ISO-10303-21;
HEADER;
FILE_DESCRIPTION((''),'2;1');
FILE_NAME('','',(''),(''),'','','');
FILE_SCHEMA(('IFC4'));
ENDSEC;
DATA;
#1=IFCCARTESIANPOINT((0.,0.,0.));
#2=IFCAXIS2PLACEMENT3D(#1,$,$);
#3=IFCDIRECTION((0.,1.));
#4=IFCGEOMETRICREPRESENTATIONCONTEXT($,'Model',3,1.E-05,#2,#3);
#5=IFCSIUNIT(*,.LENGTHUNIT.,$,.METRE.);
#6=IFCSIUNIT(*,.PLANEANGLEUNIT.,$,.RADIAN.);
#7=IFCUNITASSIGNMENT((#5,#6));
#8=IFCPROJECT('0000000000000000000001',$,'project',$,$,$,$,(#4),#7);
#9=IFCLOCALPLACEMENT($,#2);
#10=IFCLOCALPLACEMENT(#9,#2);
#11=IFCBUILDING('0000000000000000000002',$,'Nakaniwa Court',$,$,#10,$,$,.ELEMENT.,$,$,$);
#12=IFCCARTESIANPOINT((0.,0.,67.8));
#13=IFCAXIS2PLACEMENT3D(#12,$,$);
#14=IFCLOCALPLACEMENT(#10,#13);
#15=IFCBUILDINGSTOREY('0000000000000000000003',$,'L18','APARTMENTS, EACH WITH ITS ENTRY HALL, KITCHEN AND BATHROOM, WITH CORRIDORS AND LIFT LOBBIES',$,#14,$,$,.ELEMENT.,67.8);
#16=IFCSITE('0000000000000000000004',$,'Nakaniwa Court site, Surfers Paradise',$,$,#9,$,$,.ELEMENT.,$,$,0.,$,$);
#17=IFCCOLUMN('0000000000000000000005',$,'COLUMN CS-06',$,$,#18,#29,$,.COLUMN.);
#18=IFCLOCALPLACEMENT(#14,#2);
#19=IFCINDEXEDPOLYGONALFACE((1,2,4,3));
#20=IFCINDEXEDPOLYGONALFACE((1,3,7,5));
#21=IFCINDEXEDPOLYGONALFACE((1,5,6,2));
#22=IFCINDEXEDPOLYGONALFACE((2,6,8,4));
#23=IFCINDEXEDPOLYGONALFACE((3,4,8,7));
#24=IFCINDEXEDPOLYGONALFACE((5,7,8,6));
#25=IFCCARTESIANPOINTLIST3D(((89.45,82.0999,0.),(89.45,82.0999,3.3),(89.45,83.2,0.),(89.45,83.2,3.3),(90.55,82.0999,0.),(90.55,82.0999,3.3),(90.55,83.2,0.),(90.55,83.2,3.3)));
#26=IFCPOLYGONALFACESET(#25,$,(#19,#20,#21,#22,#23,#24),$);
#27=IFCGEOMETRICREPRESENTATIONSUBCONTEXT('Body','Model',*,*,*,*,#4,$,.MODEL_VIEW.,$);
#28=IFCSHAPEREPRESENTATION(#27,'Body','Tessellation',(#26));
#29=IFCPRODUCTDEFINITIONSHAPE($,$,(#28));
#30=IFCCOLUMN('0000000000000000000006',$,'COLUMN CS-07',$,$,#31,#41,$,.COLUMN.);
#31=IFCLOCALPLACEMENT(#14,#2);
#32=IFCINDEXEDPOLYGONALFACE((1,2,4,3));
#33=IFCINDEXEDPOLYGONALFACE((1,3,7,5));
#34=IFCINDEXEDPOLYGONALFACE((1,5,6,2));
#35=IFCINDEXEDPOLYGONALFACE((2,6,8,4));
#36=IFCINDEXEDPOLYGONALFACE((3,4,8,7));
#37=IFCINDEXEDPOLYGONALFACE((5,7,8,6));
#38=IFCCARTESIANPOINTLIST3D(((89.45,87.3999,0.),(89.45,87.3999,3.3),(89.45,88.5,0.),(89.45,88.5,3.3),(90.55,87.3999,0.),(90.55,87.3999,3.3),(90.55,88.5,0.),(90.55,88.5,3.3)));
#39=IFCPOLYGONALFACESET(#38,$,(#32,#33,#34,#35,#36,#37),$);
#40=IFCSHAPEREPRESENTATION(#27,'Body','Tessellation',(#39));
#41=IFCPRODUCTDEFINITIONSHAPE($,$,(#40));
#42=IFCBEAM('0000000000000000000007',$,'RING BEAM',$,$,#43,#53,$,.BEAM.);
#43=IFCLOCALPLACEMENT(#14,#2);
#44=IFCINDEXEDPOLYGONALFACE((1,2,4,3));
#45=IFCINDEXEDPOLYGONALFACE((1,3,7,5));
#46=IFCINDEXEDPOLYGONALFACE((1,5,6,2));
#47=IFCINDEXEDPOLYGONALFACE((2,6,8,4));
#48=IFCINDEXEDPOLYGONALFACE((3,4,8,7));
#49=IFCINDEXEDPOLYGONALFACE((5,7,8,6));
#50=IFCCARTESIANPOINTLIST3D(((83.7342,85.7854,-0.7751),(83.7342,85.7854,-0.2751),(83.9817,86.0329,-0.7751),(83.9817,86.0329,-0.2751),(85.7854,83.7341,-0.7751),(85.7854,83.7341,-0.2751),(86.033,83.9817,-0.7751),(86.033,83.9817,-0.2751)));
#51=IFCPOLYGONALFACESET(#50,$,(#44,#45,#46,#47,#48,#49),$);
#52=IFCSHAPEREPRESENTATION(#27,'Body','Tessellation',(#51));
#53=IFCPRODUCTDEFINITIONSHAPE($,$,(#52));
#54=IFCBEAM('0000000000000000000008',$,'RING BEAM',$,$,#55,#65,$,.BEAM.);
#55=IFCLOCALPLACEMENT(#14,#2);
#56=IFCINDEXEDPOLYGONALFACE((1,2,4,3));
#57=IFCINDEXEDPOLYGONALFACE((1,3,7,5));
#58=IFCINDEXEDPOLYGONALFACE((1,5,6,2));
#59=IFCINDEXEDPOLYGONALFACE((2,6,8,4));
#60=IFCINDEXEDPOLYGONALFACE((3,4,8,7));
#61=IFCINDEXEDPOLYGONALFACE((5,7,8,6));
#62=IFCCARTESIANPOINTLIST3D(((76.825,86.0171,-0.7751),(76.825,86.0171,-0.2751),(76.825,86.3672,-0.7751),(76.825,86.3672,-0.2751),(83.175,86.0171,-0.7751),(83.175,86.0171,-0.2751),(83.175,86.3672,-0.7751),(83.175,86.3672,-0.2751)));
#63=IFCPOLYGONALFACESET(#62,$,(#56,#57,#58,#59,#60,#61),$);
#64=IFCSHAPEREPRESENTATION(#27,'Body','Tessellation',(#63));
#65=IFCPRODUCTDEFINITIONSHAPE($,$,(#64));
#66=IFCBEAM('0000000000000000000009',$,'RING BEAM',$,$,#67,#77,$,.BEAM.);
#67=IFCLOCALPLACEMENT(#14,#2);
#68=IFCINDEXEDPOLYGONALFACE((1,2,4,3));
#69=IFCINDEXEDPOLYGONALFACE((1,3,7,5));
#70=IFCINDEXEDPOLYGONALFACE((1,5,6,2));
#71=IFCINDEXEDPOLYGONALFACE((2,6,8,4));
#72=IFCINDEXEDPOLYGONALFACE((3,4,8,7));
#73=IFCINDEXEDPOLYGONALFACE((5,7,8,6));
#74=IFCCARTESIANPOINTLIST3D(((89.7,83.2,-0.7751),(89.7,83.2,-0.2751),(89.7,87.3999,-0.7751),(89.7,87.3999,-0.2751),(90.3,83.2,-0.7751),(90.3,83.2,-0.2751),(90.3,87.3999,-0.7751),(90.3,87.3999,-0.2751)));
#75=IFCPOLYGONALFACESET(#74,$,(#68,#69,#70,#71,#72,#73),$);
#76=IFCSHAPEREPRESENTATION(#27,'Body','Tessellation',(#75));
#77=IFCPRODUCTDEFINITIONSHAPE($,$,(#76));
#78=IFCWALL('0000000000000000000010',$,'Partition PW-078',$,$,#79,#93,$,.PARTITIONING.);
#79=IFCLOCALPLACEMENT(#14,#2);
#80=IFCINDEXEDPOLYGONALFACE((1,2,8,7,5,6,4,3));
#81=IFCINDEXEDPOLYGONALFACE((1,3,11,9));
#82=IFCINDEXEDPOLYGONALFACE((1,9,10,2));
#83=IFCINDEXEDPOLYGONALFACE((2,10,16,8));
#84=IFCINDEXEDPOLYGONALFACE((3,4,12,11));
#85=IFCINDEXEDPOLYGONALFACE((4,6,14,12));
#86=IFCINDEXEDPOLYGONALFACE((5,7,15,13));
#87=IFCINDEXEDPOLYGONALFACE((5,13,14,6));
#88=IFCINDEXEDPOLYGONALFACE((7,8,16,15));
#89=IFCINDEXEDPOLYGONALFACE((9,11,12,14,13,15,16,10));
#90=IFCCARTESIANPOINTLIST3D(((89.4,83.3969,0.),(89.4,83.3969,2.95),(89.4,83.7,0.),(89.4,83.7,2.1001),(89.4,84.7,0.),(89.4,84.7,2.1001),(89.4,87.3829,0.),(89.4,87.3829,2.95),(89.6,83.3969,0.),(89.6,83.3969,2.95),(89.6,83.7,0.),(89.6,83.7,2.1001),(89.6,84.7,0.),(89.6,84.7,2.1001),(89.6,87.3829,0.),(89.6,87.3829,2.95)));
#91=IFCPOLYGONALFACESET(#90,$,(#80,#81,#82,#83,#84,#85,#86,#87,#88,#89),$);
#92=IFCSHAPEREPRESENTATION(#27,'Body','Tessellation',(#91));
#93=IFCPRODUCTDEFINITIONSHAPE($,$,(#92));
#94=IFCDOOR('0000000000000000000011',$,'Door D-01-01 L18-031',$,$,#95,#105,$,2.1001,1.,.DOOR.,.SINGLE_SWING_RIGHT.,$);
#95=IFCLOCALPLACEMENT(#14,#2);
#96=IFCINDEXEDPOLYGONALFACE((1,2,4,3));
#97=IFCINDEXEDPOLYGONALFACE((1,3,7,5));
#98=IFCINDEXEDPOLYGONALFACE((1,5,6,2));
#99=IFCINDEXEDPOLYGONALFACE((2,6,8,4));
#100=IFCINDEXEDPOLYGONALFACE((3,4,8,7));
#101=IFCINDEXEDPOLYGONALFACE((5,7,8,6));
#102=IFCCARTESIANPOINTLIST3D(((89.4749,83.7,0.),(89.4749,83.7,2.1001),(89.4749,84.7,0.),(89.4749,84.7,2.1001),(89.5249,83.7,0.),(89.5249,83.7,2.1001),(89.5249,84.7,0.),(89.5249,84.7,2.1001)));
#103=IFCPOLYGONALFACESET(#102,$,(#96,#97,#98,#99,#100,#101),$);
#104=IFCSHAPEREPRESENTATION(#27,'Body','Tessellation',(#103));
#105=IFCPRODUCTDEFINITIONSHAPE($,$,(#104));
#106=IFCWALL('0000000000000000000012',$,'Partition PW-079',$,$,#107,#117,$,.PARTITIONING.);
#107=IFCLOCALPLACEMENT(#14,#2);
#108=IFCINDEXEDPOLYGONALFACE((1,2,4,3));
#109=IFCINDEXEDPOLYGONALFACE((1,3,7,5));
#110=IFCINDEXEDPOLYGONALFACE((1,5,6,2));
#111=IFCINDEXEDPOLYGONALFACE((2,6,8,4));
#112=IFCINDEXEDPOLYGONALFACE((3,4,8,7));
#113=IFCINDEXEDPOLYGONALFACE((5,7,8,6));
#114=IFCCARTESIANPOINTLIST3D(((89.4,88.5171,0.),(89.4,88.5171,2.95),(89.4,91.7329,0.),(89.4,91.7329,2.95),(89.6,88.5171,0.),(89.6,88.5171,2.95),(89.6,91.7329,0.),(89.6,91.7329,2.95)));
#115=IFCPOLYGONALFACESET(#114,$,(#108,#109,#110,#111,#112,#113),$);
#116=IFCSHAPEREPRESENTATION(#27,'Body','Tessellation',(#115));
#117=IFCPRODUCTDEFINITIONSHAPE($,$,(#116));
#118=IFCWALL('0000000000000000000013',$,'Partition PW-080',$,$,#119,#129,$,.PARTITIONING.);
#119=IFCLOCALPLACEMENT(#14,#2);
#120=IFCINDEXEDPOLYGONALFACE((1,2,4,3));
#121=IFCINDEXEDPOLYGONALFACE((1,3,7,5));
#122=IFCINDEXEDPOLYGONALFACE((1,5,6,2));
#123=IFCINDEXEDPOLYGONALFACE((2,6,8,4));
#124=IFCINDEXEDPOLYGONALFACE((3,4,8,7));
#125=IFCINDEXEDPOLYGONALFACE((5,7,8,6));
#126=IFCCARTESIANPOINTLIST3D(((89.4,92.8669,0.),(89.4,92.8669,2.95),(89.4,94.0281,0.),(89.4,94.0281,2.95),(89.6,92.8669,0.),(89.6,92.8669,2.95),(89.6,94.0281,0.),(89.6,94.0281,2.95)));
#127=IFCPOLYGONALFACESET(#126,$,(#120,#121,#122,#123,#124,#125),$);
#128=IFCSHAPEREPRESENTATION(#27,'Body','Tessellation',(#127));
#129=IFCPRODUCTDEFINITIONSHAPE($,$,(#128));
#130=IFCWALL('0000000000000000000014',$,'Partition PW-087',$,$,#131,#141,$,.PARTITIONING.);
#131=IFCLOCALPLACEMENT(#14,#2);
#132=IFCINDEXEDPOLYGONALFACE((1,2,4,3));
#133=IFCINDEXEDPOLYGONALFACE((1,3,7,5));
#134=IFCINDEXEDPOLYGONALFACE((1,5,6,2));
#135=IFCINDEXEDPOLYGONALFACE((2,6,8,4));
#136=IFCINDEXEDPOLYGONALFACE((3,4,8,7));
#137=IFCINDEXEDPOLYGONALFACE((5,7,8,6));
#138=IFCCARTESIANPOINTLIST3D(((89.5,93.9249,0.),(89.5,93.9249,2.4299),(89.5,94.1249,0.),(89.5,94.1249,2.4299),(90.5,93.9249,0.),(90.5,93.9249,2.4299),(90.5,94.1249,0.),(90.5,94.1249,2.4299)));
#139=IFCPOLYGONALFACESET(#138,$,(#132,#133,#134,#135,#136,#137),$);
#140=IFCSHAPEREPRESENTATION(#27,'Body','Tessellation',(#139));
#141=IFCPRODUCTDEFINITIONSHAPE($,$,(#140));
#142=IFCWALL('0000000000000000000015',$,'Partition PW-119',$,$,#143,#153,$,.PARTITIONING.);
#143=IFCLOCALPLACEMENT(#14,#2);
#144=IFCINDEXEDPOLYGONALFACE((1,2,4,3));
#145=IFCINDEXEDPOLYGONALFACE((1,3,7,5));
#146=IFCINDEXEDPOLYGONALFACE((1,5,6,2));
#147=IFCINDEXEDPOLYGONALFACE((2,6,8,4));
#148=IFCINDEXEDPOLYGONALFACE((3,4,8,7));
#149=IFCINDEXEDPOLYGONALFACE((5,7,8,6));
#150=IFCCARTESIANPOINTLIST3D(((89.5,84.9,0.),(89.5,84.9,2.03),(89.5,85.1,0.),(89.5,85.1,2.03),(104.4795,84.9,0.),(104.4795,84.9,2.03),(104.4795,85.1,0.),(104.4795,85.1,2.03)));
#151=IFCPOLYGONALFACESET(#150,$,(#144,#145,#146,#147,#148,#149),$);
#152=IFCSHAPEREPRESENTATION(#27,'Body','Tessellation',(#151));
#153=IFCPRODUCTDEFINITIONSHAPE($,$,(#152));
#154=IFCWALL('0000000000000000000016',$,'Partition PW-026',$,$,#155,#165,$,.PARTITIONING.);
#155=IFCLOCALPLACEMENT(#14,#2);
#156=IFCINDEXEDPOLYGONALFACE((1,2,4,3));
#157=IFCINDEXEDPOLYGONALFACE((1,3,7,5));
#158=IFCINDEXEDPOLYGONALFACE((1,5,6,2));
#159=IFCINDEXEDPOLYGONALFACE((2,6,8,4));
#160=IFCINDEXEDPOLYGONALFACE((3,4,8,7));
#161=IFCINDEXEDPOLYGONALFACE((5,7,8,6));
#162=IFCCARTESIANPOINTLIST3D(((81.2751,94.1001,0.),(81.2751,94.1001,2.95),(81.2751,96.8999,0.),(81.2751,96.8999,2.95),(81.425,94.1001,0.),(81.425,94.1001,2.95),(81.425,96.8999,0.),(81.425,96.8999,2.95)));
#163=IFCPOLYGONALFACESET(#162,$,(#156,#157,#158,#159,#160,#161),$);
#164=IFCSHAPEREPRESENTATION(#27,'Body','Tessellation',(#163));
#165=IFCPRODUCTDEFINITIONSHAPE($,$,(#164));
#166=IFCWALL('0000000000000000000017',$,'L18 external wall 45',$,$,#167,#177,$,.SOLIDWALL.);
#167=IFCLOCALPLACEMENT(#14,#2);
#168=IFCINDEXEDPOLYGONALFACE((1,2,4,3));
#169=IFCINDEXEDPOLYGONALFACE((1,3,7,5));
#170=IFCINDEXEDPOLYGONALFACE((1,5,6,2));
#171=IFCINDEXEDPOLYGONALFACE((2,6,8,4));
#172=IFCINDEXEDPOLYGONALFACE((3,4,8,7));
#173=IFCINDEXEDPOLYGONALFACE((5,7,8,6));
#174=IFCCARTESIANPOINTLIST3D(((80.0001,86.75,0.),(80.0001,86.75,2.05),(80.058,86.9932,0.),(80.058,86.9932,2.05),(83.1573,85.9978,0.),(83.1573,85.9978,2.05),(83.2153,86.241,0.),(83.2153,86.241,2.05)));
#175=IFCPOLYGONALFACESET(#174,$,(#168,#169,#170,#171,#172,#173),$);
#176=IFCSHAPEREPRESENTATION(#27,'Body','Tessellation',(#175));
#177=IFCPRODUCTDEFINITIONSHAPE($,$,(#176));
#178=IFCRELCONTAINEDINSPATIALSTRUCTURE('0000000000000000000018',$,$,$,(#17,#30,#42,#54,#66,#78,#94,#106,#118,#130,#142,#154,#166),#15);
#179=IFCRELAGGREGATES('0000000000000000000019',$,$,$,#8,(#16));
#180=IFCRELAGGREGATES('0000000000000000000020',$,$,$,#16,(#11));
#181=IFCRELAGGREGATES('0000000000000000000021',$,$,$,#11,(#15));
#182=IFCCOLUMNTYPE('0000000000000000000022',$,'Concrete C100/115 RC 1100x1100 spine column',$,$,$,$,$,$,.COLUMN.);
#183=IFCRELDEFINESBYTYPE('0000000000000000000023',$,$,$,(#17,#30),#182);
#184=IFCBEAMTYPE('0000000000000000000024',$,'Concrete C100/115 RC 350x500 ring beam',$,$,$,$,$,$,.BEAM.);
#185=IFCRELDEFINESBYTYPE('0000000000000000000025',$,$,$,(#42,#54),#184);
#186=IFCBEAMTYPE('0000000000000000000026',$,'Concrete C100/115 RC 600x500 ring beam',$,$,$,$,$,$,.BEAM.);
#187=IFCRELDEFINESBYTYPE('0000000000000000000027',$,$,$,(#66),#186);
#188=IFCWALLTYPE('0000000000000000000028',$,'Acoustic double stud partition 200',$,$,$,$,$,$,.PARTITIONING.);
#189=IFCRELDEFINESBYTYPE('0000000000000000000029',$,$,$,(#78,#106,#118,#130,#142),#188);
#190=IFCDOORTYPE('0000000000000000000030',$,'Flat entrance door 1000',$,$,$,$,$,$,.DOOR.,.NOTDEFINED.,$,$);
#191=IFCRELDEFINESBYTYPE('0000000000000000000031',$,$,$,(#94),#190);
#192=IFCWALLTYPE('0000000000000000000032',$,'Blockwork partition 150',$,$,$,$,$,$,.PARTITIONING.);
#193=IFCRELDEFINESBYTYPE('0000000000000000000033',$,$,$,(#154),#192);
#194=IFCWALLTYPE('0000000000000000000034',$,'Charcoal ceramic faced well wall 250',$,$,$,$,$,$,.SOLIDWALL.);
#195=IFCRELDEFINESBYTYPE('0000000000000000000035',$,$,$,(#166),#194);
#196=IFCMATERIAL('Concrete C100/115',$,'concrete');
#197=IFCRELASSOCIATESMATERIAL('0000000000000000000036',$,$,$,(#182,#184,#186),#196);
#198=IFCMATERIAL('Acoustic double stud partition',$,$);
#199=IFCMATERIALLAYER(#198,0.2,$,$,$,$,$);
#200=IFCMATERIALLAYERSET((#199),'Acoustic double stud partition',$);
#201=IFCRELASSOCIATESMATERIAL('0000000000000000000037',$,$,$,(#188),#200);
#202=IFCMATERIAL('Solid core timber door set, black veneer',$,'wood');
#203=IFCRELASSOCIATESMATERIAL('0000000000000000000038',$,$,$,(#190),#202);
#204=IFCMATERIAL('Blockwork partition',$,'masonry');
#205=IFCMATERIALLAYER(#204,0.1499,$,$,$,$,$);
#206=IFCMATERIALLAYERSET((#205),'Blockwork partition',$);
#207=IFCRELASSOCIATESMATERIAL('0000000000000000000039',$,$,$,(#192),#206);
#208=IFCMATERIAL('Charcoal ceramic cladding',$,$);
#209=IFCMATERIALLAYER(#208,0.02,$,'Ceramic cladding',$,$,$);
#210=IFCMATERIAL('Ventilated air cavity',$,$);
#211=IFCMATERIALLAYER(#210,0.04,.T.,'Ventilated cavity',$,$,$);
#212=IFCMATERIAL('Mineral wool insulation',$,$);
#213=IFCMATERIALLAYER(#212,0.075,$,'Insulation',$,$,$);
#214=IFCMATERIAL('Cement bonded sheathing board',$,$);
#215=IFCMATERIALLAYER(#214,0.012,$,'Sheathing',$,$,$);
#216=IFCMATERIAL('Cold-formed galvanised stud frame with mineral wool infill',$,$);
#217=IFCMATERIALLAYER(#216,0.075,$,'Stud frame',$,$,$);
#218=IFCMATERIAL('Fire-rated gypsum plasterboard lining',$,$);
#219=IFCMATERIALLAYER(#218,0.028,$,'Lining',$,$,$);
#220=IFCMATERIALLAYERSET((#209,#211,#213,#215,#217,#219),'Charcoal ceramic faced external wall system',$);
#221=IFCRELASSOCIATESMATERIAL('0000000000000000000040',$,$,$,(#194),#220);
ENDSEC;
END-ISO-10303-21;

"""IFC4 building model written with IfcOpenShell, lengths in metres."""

from ifc_helpers import new_model, si_unit, direction, frame, frame_2d, origin, origin_2d, place, context, subcontext, project, spatial, rectangle, extrude, material, layer, layer_set, material_profile, profile_set, type_object, element, fill, save


model = new_model("IFC4")

# Units and contexts
model_context = context("Model", 3, precision=1e-05, world=origin(), true_north=direction((0.0, 1.0)))
body_context = subcontext(model_context, "Body", "Model", "MODEL_VIEW")
ifc_project = project(units=[si_unit("LENGTHUNIT", "METRE"), si_unit("PLANEANGLEUNIT", "RADIAN")], contexts=[model_context])

# Site, building, storey
site_placement = place(None, origin())
site = spatial("IfcSite", under=ifc_project, at=site_placement, Name="Nakaniwa Court site, Surfers Paradise", CompositionType="ELEMENT", RefElevation=0.0)
building_placement = place(site_placement, origin())
building = spatial("IfcBuilding", under=site, at=building_placement, Name="Nakaniwa Court", CompositionType="ELEMENT")
storey_placement = place(building_placement, frame((0.0, 0.0, 67.8)))
storey = spatial("IfcBuildingStorey", under=building, at=storey_placement, Name="L18", Description="APARTMENTS, EACH WITH ITS ENTRY HALL, KITCHEN AND BATHROOM, WITH CORRIDORS AND LIFT LOBBIES", CompositionType="ELEMENT", Elevation=67.8)

# Columns
ifc_material_1 = material(Name="Concrete C100/115", Category="concrete")
ifc_material_profile_1 = material_profile(ifc_material_1, rectangle(XDim=1.1001, YDim=1.1001, at=origin_2d()), Name="Concrete C100/115 RC 1100x1100 spine column")
ifc_profile_set_1 = profile_set([ifc_material_profile_1], Name="Concrete C100/115")
column_type_1 = type_object("IfcColumnType", Name="Concrete C100/115 RC 1100x1100 spine column", PredefinedType="COLUMN", material=ifc_profile_set_1)
for number, where, z_axis, x_axis, name in (
    (1, (90.0, 82.6499, 0.0), (0.0, 0.0, 1.0), (0.0, 1.0, 0.0), "COLUMN CS-06"),
    (2, (90.0, 87.95, 0.0), (0.0, 0.0, 1.0), (0.0, 1.0, 0.0), "COLUMN CS-07"),
):
    element("IfcColumn", number, at=place(storey_placement, frame(where, z_axis=z_axis, x_axis=x_axis)), inside=storey, type_object=column_type_1, Name=name, PredefinedType="COLUMN", context=body_context, shape_type="SweptSolid", body=[
        extrude(rectangle(XDim=1.1001, YDim=1.1001, at=origin_2d()), origin(), (0.0, 0.0, 1.0), 3.3),
    ])

# Beams
ifc_material_profile_2 = material_profile(ifc_material_1, rectangle(XDim=0.3501, YDim=0.5, at=origin_2d()), Name="Concrete C100/115 RC 350x500 ring beam")
ifc_profile_set_2 = profile_set([ifc_material_profile_2], Name="Concrete C100/115")
beam_type_1 = type_object("IfcBeamType", Name="Concrete C100/115 RC 350x500 ring beam", PredefinedType="BEAM", material=ifc_profile_set_2)
beam_1_placement = place(storey_placement, frame((85.9092, 83.8579, -0.5251), z_axis=(-0.707107, 0.707107, 0.0), x_axis=(-0.707107, -0.707107, 0.0)))
element("IfcBeam", 3, at=beam_1_placement, inside=storey, type_object=beam_type_1, Name="RING BEAM", PredefinedType="BEAM", context=body_context, shape_type="SweptSolid", body=[
    extrude(rectangle(XDim=0.3501, YDim=0.5, at=origin_2d()), origin(), (0.0, 0.0, 1.0), 2.9009),
])
beam_2_placement = place(storey_placement, frame((83.175, 86.1921, -0.5251), z_axis=(-1.0, 0.0, 0.0), x_axis=(0.0, -1.0, 0.0)))
element("IfcBeam", 4, at=beam_2_placement, inside=storey, type_object=beam_type_1, Name="RING BEAM", PredefinedType="BEAM", context=body_context, shape_type="SweptSolid", body=[
    extrude(rectangle(XDim=0.3501, YDim=0.5, at=origin_2d()), origin(), (0.0, 0.0, 1.0), 6.3501),
])
ifc_material_profile_3 = material_profile(ifc_material_1, rectangle(XDim=0.6001, YDim=0.5, at=origin_2d()), Name="Concrete C100/115 RC 600x500 ring beam")
ifc_profile_set_3 = profile_set([ifc_material_profile_3], Name="Concrete C100/115")
beam_type_2 = type_object("IfcBeamType", Name="Concrete C100/115 RC 600x500 ring beam", PredefinedType="BEAM", material=ifc_profile_set_3)
beam_3_placement = place(storey_placement, frame((90.0, 83.2, -0.5251), z_axis=(0.0, 1.0, 0.0), x_axis=(-1.0, 0.0, 0.0)))
element("IfcBeam", 5, at=beam_3_placement, inside=storey, type_object=beam_type_2, Name="RING BEAM", PredefinedType="BEAM", context=body_context, shape_type="SweptSolid", body=[
    extrude(rectangle(XDim=0.6001, YDim=0.5, at=origin_2d()), origin(), (0.0, 0.0, 1.0), 4.2),
])

# Wall, opening, door
ifc_material_2 = material(Name="Acoustic double stud partition")
ifc_layer_1 = layer(ifc_material_2, 0.2)
ifc_layer_set_1 = layer_set([ifc_layer_1], Name="Acoustic double stud partition")
wall_type_1 = type_object("IfcWallType", Name="Acoustic double stud partition 200", PredefinedType="PARTITIONING", material=ifc_layer_set_1)
wall_1_placement = place(storey_placement, frame((89.5, 87.3831, 0.0), z_axis=(0.0, 0.0, 1.0), x_axis=(0.0, -1.0, 0.0)))
wall_1 = element("IfcWall", 6, at=wall_1_placement, inside=storey, type_object=wall_type_1, Name="Partition PW-078", PredefinedType="PARTITIONING", context=body_context, shape_type="SweptSolid", body=[
    extrude(rectangle(XDim=3.9861, YDim=0.2, at=frame_2d((1.9932, 0.0))), origin(), (0.0, 0.0, 1.0), 2.95),
])
opening_1_placement = place(wall_1_placement, frame((2.6831, 0.0, 0.0)))
opening_1 = element("IfcOpeningElement", 7, at=opening_1_placement, cuts=wall_1, PredefinedType="OPENING", context=body_context, shape_type="SweptSolid", body=[
    extrude(rectangle(XDim=1.0, YDim=2.1001, at=frame_2d((0.5, 1.05))), frame((0.0, 0.1099, 0.0), z_axis=(0.0, -1.0, 0.0), x_axis=(1.0, 0.0, 0.0)), (0.0, 0.0, 1.0), 0.22),
])
ifc_material_3 = material(Name="Solid core timber door set, black veneer", Category="wood")
door_type_1 = type_object("IfcDoorType", Name="Flat entrance door 1000", OperationType="NOTDEFINED", PredefinedType="DOOR", material=ifc_material_3)
door_1_placement = place(opening_1_placement, origin())
door_1 = element("IfcDoor", 8, at=door_1_placement, inside=storey, type_object=door_type_1, Name="Door D-01-01 L18-031", OperationType="SINGLE_SWING_RIGHT", OverallHeight=2.1001, OverallWidth=1.0, PredefinedType="DOOR", context=body_context, shape_type="SweptSolid", body=[
    extrude(rectangle(XDim=1.0, YDim=2.1001, at=frame_2d((0.5, 1.05))), frame((0.0, 0.0249, 0.0), z_axis=(0.0, -1.0, 0.0), x_axis=(1.0, 0.0, 0.0)), (0.0, 0.0, 1.0), 0.05),
])
fill(opening_1, door_1)

# Walls
wall_2_placement = place(storey_placement, frame((89.5, 88.5171, 0.0), z_axis=(0.0, 0.0, 1.0), x_axis=(0.0, 1.0, 0.0)))
element("IfcWall", 9, at=wall_2_placement, inside=storey, type_object=wall_type_1, Name="Partition PW-079", PredefinedType="PARTITIONING", context=body_context, shape_type="SweptSolid", body=[
    extrude(rectangle(XDim=3.2158, YDim=0.2, at=frame_2d((1.6079, 0.0))), origin(), (0.0, 0.0, 1.0), 2.95),
])
wall_3_placement = place(storey_placement, frame((89.5, 92.8669, 0.0), z_axis=(0.0, 0.0, 1.0), x_axis=(0.0, 1.0, 0.0)))
element("IfcWall", 10, at=wall_3_placement, inside=storey, type_object=wall_type_1, Name="Partition PW-080", PredefinedType="PARTITIONING", context=body_context, shape_type="SweptSolid", body=[
    extrude(rectangle(XDim=1.1611, YDim=0.2, at=frame_2d((0.5806, 0.0))), origin(), (0.0, 0.0, 1.0), 2.95),
])
wall_4_placement = place(storey_placement, frame((89.5, 94.0249, 0.0), z_axis=(0.0, 0.0, 1.0), x_axis=(1.0, 0.0, 0.0)))
element("IfcWall", 11, at=wall_4_placement, inside=storey, type_object=wall_type_1, Name="Partition PW-087", PredefinedType="PARTITIONING", context=body_context, shape_type="SweptSolid", body=[
    extrude(rectangle(XDim=1.0, YDim=0.2, at=frame_2d((0.5, 0.0))), origin(), (0.0, 0.0, 1.0), 2.4299),
])
wall_5_placement = place(storey_placement, frame((89.5, 85.0, 0.0), z_axis=(0.0, 0.0, 1.0), x_axis=(1.0, 0.0, 0.0)))
element("IfcWall", 12, at=wall_5_placement, inside=storey, type_object=wall_type_1, Name="Partition PW-119", PredefinedType="PARTITIONING", context=body_context, shape_type="SweptSolid", body=[
    extrude(rectangle(XDim=14.9795, YDim=0.2, at=frame_2d((7.4897, 0.0))), origin(), (0.0, 0.0, 1.0), 2.03),
])
ifc_material_4 = material(Name="Blockwork partition", Category="masonry")
ifc_layer_2 = layer(ifc_material_4, 0.1499)
ifc_layer_set_2 = layer_set([ifc_layer_2], Name="Blockwork partition")
wall_type_2 = type_object("IfcWallType", Name="Blockwork partition 150", PredefinedType="PARTITIONING", material=ifc_layer_set_2)
wall_6_placement = place(storey_placement, frame((81.3501, 94.1001, 0.0), z_axis=(0.0, 0.0, 1.0), x_axis=(0.0, 1.0, 0.0)))
element("IfcWall", 13, at=wall_6_placement, inside=storey, type_object=wall_type_2, Name="Partition PW-026", PredefinedType="PARTITIONING", context=body_context, shape_type="SweptSolid", body=[
    extrude(rectangle(XDim=2.7998, YDim=0.1499, at=frame_2d((1.3999, 0.0))), origin(), (0.0, 0.0, 1.0), 2.95),
])
ifc_material_5 = material(Name="Charcoal ceramic cladding")
ifc_layer_3 = layer(ifc_material_5, 0.02, Name="Ceramic cladding")
ifc_material_6 = material(Name="Ventilated air cavity")
ifc_layer_4 = layer(ifc_material_6, 0.04, ventilated=True, Name="Ventilated cavity")
ifc_material_7 = material(Name="Mineral wool insulation")
ifc_layer_5 = layer(ifc_material_7, 0.075, Name="Insulation")
ifc_material_8 = material(Name="Cement bonded sheathing board")
ifc_layer_6 = layer(ifc_material_8, 0.012, Name="Sheathing")
ifc_material_9 = material(Name="Cold-formed galvanised stud frame with mineral wool infill")
ifc_layer_7 = layer(ifc_material_9, 0.075, Name="Stud frame")
ifc_material_10 = material(Name="Fire-rated gypsum plasterboard lining")
ifc_layer_8 = layer(ifc_material_10, 0.028, Name="Lining")
ifc_layer_set_3 = layer_set([ifc_layer_3, ifc_layer_4, ifc_layer_5, ifc_layer_6, ifc_layer_7, ifc_layer_8], Name="Charcoal ceramic faced external wall system")
wall_type_3 = type_object("IfcWallType", Name="Charcoal ceramic faced well wall 250", PredefinedType="SOLIDWALL", material=ifc_layer_set_3)
wall_7_placement = place(storey_placement, frame((80.0291, 86.8716, 0.0), z_axis=(0.0, 0.0, 1.0), x_axis=(0.972773, -0.23176, 0.0)))
element("IfcWall", 14, at=wall_7_placement, inside=storey, type_object=wall_type_3, Name="L18 external wall 45", PredefinedType="SOLIDWALL", context=body_context, shape_type="SweptSolid", body=[
    extrude(rectangle(XDim=3.2456, YDim=0.25, at=frame_2d((1.6228, 0.0))), origin(), (0.0, 0.0, 1.0), 2.05),
])

save(model, "model.ifc")
